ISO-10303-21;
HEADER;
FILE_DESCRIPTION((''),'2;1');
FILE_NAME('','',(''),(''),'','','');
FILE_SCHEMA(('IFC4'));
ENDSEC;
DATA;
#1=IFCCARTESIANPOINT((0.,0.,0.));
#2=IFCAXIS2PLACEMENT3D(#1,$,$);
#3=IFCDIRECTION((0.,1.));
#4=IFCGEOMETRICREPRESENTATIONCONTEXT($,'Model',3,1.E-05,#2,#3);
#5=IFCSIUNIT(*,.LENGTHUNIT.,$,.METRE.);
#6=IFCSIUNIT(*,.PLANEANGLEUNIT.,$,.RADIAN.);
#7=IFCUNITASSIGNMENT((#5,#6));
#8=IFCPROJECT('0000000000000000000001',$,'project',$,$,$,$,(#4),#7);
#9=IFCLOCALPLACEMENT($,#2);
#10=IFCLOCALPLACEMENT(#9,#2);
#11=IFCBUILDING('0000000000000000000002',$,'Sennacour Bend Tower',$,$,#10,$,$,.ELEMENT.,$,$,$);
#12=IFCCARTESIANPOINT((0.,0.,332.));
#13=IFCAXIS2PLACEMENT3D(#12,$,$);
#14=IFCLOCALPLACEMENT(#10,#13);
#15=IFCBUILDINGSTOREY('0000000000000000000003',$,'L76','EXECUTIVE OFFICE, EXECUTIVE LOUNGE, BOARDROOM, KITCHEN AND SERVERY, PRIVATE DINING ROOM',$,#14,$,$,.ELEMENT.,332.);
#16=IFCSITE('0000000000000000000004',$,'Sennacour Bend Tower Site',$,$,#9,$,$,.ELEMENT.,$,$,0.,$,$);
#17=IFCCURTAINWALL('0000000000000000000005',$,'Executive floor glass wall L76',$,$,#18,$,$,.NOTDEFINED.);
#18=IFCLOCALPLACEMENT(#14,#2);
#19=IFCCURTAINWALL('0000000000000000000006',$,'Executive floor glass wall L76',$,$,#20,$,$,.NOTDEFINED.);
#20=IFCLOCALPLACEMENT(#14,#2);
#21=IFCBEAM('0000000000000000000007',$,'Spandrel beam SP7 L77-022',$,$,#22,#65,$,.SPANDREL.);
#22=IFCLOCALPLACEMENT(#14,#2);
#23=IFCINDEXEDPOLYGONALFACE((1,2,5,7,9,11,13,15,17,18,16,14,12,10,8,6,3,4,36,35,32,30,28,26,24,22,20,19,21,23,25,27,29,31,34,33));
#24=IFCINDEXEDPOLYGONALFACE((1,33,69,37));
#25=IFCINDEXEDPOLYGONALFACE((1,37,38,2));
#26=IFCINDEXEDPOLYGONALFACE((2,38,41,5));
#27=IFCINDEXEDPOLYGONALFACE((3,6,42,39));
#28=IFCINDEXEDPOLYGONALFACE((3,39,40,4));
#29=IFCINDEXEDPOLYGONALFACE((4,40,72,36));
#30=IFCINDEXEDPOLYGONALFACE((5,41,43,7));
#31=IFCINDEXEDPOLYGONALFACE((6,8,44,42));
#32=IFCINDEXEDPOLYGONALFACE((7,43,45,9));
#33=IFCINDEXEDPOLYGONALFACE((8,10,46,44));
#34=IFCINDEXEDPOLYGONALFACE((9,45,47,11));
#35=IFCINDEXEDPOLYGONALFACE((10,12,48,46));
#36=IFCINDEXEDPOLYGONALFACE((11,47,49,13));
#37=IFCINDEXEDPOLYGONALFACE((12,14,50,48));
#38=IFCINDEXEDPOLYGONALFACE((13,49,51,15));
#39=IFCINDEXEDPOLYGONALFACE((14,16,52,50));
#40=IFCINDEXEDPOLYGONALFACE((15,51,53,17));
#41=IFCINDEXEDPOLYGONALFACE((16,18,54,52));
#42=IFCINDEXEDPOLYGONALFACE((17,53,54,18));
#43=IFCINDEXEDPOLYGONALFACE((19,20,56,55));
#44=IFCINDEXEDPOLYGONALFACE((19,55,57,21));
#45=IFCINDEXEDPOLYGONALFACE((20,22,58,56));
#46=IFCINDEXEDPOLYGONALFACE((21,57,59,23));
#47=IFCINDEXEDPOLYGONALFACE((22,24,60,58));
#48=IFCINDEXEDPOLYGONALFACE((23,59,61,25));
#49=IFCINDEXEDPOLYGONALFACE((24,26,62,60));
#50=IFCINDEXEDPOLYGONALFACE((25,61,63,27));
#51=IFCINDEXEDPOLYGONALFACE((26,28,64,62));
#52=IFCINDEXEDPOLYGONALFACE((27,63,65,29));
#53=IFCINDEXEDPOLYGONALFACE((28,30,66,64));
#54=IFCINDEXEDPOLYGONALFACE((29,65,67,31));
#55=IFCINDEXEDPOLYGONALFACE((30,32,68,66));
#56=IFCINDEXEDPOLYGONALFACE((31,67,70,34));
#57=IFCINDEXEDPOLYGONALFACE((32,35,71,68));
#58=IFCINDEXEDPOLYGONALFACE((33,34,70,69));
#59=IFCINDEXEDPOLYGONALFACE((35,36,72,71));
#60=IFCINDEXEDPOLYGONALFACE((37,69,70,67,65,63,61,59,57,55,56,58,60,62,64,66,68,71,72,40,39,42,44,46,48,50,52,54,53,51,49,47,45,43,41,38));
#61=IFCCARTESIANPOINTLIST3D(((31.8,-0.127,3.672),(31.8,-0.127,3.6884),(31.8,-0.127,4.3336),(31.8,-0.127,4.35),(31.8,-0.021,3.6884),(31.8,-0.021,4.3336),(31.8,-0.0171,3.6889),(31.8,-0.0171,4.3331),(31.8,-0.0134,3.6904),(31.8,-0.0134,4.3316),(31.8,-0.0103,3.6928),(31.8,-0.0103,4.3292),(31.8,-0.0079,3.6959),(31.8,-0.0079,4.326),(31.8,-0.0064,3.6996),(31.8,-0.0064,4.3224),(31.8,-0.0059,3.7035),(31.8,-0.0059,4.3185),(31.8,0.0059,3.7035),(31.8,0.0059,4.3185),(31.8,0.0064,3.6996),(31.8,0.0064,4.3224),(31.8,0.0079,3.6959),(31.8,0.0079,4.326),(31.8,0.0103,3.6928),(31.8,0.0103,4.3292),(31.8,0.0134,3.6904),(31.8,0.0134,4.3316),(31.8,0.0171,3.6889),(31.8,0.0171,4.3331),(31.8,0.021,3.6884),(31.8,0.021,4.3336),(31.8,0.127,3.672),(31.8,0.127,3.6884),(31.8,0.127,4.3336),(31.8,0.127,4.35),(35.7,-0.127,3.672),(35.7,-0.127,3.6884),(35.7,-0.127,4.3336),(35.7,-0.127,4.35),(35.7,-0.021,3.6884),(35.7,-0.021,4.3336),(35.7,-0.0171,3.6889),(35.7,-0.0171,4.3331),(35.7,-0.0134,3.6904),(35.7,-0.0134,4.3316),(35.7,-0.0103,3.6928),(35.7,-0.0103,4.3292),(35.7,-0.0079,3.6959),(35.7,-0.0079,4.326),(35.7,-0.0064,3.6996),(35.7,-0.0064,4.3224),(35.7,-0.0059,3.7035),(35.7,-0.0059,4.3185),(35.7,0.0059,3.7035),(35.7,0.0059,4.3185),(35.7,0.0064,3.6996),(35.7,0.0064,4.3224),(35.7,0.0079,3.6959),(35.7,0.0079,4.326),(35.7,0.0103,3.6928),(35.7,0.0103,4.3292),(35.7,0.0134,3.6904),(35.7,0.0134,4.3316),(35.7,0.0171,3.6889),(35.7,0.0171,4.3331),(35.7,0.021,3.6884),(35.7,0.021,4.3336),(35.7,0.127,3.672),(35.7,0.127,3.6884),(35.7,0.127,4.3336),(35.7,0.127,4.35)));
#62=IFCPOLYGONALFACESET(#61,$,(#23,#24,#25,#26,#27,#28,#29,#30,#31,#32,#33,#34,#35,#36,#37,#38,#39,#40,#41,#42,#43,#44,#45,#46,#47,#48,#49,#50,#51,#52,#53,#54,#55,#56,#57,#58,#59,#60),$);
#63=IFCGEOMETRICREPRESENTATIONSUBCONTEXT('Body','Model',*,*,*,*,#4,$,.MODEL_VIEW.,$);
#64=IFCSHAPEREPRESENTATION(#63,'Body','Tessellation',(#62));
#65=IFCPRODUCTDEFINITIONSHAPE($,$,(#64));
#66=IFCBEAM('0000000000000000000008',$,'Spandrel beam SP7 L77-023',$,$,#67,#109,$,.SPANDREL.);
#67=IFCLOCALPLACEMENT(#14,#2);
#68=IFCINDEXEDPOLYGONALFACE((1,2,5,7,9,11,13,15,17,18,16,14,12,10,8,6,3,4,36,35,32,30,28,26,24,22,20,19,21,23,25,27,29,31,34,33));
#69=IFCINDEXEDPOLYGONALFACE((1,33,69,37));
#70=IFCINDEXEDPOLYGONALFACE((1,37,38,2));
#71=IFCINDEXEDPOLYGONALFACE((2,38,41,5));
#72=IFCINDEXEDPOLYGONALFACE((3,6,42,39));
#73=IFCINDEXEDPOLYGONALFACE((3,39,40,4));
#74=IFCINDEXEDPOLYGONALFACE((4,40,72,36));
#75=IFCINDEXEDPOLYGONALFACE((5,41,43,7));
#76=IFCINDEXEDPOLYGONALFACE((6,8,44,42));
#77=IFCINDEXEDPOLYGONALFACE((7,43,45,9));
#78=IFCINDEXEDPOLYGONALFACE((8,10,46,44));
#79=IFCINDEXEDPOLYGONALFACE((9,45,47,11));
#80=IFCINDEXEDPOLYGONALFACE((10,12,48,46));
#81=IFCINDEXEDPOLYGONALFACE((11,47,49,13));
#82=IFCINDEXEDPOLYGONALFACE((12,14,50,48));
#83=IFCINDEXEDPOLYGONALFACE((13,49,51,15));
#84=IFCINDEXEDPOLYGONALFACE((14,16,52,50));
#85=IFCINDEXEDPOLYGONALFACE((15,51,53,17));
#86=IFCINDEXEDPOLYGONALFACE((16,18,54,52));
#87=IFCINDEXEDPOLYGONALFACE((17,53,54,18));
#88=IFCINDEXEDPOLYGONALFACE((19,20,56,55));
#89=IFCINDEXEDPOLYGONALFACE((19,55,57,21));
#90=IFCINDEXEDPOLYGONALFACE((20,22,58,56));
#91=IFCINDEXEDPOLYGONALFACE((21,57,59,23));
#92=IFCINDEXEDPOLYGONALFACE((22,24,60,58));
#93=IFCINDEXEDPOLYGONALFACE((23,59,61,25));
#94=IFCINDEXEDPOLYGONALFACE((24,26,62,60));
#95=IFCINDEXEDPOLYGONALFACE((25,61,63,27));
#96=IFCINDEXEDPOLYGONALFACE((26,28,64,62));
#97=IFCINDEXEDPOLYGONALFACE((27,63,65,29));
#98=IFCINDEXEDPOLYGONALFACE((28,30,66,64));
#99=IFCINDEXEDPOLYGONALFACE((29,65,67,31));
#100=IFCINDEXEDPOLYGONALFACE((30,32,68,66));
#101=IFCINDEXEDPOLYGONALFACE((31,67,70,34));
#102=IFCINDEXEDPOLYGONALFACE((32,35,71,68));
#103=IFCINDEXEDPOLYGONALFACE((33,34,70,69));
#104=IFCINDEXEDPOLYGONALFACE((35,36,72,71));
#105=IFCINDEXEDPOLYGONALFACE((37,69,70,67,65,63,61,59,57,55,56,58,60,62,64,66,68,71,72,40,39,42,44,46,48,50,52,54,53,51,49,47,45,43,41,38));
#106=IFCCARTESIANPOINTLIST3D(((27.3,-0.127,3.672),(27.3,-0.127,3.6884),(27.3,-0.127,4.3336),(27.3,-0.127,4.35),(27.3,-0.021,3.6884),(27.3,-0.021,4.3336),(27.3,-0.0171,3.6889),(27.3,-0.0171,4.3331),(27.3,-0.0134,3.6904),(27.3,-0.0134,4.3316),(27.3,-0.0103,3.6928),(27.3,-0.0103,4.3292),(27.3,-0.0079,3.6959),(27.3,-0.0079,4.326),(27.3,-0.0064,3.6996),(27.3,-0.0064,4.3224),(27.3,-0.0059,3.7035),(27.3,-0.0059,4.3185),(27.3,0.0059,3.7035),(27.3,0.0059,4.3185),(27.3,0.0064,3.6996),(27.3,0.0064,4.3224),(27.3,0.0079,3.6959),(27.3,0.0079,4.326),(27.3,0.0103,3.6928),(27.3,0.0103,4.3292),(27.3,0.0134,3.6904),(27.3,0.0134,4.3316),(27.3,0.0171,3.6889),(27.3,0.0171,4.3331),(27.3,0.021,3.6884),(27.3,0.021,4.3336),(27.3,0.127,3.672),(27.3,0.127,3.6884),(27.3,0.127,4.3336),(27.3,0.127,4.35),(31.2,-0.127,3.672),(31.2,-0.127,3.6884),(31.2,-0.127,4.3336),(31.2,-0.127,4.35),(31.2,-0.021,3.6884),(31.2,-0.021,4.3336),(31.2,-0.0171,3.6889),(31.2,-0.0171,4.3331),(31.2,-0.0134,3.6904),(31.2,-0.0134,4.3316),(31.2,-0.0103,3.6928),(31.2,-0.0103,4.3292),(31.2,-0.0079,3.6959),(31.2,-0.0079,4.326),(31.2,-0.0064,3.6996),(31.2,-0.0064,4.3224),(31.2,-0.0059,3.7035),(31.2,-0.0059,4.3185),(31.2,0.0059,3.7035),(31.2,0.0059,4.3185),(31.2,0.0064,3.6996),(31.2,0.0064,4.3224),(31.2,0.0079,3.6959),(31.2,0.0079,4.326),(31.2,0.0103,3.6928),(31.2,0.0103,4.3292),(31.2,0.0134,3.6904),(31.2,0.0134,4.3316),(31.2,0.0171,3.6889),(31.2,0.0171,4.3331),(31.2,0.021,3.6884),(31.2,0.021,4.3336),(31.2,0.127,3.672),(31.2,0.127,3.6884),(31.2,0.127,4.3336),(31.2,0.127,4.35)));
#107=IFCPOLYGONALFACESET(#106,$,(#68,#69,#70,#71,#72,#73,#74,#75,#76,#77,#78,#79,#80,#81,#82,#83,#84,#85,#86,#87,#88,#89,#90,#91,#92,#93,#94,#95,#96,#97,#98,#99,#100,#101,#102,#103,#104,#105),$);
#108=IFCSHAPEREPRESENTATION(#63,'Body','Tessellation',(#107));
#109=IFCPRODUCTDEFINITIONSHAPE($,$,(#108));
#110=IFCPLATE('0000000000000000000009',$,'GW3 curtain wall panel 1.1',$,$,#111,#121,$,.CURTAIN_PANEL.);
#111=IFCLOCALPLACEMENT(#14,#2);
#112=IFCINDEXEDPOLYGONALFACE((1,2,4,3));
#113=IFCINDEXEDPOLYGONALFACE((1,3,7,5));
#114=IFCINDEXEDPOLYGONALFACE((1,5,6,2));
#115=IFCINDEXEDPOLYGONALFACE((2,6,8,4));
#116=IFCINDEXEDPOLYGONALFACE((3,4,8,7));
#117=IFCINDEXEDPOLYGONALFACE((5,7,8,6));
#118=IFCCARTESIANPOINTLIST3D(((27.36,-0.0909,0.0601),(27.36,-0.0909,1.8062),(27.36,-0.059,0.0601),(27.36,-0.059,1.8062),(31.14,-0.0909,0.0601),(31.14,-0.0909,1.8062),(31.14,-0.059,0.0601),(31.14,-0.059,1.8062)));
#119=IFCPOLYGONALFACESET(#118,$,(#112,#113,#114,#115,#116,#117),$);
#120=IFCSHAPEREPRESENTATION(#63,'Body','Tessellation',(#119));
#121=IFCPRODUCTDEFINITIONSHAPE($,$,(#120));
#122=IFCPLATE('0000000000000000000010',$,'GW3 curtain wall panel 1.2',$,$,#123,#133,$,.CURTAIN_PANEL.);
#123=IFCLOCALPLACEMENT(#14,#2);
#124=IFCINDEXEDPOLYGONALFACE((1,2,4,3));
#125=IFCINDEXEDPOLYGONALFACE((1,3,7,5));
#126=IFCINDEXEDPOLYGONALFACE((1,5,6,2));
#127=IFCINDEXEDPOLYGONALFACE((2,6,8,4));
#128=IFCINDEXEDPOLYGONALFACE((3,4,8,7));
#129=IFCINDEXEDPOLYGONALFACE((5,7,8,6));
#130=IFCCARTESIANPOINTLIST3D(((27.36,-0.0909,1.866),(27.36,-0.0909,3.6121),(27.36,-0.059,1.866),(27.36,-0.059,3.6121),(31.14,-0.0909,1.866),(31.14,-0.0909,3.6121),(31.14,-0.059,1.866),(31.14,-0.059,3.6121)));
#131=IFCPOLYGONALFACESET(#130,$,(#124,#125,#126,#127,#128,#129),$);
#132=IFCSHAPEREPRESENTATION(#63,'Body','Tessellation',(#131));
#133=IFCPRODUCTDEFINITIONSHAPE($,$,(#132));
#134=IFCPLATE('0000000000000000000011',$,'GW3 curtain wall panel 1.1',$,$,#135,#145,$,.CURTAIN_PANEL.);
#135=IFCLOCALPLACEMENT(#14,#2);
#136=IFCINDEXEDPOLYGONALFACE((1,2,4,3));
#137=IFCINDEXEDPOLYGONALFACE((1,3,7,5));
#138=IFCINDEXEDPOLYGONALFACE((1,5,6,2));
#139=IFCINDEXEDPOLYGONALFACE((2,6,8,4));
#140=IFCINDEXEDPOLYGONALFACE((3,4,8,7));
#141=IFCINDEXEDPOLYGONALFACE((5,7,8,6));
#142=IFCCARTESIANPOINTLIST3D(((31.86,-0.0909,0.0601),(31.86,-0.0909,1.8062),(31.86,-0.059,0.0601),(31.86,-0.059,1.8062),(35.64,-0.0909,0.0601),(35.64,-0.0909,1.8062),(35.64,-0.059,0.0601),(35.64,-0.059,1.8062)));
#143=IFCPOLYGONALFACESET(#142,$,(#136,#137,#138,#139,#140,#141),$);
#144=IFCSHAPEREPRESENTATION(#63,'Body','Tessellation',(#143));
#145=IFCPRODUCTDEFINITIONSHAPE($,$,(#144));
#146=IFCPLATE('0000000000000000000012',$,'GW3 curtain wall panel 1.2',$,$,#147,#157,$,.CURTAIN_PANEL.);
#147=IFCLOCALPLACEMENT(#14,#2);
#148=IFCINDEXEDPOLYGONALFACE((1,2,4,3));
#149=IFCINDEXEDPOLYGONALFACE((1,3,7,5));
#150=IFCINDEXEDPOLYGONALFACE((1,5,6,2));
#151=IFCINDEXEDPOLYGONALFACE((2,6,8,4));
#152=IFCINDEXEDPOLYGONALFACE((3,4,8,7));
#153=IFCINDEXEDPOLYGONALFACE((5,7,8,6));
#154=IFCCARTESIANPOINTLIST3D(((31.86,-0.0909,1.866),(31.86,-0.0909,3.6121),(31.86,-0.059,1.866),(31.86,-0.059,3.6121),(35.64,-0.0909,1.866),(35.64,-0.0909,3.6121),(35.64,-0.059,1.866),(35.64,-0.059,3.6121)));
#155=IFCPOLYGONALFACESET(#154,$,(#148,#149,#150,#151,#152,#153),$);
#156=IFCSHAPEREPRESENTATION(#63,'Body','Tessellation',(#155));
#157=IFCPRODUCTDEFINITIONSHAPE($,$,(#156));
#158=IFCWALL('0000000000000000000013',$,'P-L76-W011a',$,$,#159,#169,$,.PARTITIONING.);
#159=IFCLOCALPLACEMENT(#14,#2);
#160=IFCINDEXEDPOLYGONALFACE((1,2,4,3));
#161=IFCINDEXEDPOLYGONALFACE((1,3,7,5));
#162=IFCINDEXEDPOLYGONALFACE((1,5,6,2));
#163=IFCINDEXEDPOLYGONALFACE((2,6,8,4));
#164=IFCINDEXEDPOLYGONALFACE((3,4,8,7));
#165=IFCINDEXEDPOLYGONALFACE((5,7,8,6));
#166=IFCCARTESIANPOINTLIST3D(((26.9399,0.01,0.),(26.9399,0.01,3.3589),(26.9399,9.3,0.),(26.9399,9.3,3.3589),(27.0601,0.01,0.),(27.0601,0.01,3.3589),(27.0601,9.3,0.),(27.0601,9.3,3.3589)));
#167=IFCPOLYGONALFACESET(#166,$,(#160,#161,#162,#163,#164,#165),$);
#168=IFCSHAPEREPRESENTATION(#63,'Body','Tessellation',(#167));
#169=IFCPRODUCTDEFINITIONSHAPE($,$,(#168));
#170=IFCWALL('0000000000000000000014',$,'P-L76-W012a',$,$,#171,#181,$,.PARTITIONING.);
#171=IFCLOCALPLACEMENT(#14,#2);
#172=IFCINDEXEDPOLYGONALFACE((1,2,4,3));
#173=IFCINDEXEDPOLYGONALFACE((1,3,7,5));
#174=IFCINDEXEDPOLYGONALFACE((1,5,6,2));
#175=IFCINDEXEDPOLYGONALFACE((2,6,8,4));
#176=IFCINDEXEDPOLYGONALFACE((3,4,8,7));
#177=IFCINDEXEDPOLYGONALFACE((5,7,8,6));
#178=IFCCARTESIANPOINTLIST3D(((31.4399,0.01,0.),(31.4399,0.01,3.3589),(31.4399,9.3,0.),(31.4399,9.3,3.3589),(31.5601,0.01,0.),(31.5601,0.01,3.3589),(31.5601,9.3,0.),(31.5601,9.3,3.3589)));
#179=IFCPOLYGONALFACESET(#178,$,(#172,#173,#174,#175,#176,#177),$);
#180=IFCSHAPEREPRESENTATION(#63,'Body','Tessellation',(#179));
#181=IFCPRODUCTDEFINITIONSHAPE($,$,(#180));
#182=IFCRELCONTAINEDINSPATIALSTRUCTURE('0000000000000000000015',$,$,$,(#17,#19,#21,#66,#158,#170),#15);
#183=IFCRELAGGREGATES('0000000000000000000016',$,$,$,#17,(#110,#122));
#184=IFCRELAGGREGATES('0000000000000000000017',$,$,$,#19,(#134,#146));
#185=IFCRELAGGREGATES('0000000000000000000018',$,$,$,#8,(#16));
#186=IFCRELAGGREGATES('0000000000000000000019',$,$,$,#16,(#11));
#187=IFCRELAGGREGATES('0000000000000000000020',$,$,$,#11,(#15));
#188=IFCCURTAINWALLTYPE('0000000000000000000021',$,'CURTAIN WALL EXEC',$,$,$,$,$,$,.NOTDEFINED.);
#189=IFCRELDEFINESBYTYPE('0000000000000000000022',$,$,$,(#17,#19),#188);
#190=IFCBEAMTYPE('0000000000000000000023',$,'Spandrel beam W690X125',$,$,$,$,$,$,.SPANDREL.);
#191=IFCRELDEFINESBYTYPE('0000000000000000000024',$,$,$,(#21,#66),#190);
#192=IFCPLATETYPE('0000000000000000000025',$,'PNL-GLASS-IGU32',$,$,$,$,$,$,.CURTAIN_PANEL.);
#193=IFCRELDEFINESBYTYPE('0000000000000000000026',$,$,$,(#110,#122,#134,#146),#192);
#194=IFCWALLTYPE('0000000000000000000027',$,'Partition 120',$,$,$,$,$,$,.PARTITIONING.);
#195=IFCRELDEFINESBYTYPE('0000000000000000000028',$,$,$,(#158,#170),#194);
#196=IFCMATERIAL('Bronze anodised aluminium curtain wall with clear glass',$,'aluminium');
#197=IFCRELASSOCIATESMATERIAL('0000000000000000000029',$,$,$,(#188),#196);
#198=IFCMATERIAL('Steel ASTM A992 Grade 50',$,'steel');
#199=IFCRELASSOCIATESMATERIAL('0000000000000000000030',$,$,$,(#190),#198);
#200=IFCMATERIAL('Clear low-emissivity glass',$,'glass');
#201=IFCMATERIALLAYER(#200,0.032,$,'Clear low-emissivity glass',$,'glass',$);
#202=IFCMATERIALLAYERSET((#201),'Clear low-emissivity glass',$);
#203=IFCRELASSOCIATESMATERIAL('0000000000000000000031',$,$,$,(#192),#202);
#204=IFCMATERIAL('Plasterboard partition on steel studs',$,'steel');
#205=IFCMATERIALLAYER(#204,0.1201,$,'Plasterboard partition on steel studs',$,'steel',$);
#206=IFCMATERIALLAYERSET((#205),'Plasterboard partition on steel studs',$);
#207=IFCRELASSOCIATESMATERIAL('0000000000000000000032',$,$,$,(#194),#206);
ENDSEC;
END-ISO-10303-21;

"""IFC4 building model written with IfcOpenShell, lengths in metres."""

from ifc_helpers import new_model, si_unit, direction, frame, frame_2d, origin, origin_2d, place, context, subcontext, project, spatial, rectangle, i_section, extrude, material, layer, layer_set, material_profile, profile_set, type_object, element, aggregate, save


model = new_model("IFC4")

# Units and contexts
model_context = context("Model", 3, precision=1e-05, world=origin(), true_north=direction((0.0, 1.0)))
body_context = subcontext(model_context, "Body", "Model", "MODEL_VIEW")
ifc_project = project(units=[si_unit("LENGTHUNIT", "METRE"), si_unit("PLANEANGLEUNIT", "RADIAN")], contexts=[model_context])

# Site, building, storey
site_placement = place(None, origin())
site = spatial("IfcSite", under=ifc_project, at=site_placement, Name="Sennacour Bend Tower Site", CompositionType="ELEMENT", RefElevation=0.0)
building_placement = place(site_placement, origin())
building = spatial("IfcBuilding", under=site, at=building_placement, Name="Sennacour Bend Tower", CompositionType="ELEMENT")
storey_placement = place(building_placement, frame((0.0, 0.0, 332.0)))
storey = spatial("IfcBuildingStorey", under=building, at=storey_placement, Name="L76", Description="EXECUTIVE OFFICE, EXECUTIVE LOUNGE, BOARDROOM, KITCHEN AND SERVERY, PRIVATE DINING ROOM", CompositionType="ELEMENT", Elevation=332.0)

# Curtain walls
ifc_material_1 = material(Name="Bronze anodised aluminium curtain wall with clear glass", Category="aluminium")
curtain_wall_type = type_object("IfcCurtainWallType", Name="CURTAIN WALL EXEC", PredefinedType="NOTDEFINED", material=ifc_material_1)
curtain_wall_1_placement = place(storey_placement, origin())
curtain_wall_1 = element("IfcCurtainWall", 1, at=curtain_wall_1_placement, inside=storey, type_object=curtain_wall_type, Name="Executive floor glass wall L76", PredefinedType="NOTDEFINED")
curtain_wall_2_placement = place(storey_placement, origin())
curtain_wall_2 = element("IfcCurtainWall", 2, at=curtain_wall_2_placement, inside=storey, type_object=curtain_wall_type, Name="Executive floor glass wall L76", PredefinedType="NOTDEFINED")

# Beams
ifc_material_2 = material(Name="Steel ASTM A992 Grade 50", Category="steel")
ifc_material_profile_1 = material_profile(ifc_material_2, i_section(OverallWidth=0.2539, OverallDepth=0.678, WebThickness=0.0117, FlangeThickness=0.0164, FilletRadius=0.0151, at=origin_2d()), Name="Steel ASTM A992 Grade 50", Category="steel")
ifc_profile_set_1 = profile_set([ifc_material_profile_1], Name="Steel ASTM A992 Grade 50")
beam_type_1 = type_object("IfcBeamType", Name="Spandrel beam W690X125", PredefinedType="SPANDREL", material=ifc_profile_set_1)
for number, where, z_axis, x_axis, name in (
    (3, (35.7, 0.0, 4.011), (-1.0, 0.0, 0.0), (0.0, -1.0, 0.0), "Spandrel beam SP7 L77-022"),
    (4, (31.2, 0.0, 4.011), (-1.0, 0.0, 0.0), (0.0, -1.0, 0.0), "Spandrel beam SP7 L77-023"),
):
    element("IfcBeam", number, at=place(storey_placement, frame(where, z_axis=z_axis, x_axis=x_axis)), inside=storey, type_object=beam_type_1, Name=name, PredefinedType="SPANDREL", context=body_context, shape_type="SweptSolid", body=[
        extrude(i_section(OverallWidth=0.2539, OverallDepth=0.678, WebThickness=0.0117, FlangeThickness=0.0164, FilletRadius=0.0151, at=origin_2d()), origin(), (0.0, 0.0, 1.0), 3.8999),
    ])

# Plates
ifc_material_3 = material(Name="Clear low-emissivity glass", Category="glass")
ifc_layer_1 = layer(ifc_material_3, 0.032, Name="Clear low-emissivity glass", Category="glass")
ifc_layer_set_1 = layer_set([ifc_layer_1], Name="Clear low-emissivity glass")
plate_type = type_object("IfcPlateType", Name="PNL-GLASS-IGU32", PredefinedType="CURTAIN_PANEL", material=ifc_layer_set_1)
plate_1_placement = place(storey_placement, frame((29.25, -0.075, 0.0601), z_axis=(0.0, 0.0, 1.0), x_axis=(1.0, 0.0, 0.0)))
plate_1 = element("IfcPlate", 5, at=plate_1_placement, type_object=plate_type, Name="GW3 curtain wall panel 1.1", PredefinedType="CURTAIN_PANEL", context=body_context, shape_type="SweptSolid", body=[
    extrude(rectangle(XDim=3.78, YDim=0.032, at=origin_2d()), origin(), (0.0, 0.0, 1.0), 1.7461),
])
plate_2_placement = place(storey_placement, frame((29.25, -0.075, 1.866), z_axis=(0.0, 0.0, 1.0), x_axis=(1.0, 0.0, 0.0)))
plate_2 = element("IfcPlate", 6, at=plate_2_placement, type_object=plate_type, Name="GW3 curtain wall panel 1.2", PredefinedType="CURTAIN_PANEL", context=body_context, shape_type="SweptSolid", body=[
    extrude(rectangle(XDim=3.78, YDim=0.032, at=origin_2d()), origin(), (0.0, 0.0, 1.0), 1.7461),
])
aggregate(curtain_wall_1, [plate_1, plate_2])
plate_3_placement = place(storey_placement, frame((33.75, -0.075, 0.0601), z_axis=(0.0, 0.0, 1.0), x_axis=(1.0, 0.0, 0.0)))
plate_3 = element("IfcPlate", 7, at=plate_3_placement, type_object=plate_type, Name="GW3 curtain wall panel 1.1", PredefinedType="CURTAIN_PANEL", context=body_context, shape_type="SweptSolid", body=[
    extrude(rectangle(XDim=3.78, YDim=0.032, at=origin_2d()), origin(), (0.0, 0.0, 1.0), 1.7461),
])
plate_4_placement = place(storey_placement, frame((33.75, -0.075, 1.866), z_axis=(0.0, 0.0, 1.0), x_axis=(1.0, 0.0, 0.0)))
plate_4 = element("IfcPlate", 8, at=plate_4_placement, type_object=plate_type, Name="GW3 curtain wall panel 1.2", PredefinedType="CURTAIN_PANEL", context=body_context, shape_type="SweptSolid", body=[
    extrude(rectangle(XDim=3.78, YDim=0.032, at=origin_2d()), origin(), (0.0, 0.0, 1.0), 1.7461),
])
aggregate(curtain_wall_2, [plate_3, plate_4])

# Walls
ifc_material_4 = material(Name="Plasterboard partition on steel studs", Category="steel")
ifc_layer_2 = layer(ifc_material_4, 0.1201, Name="Plasterboard partition on steel studs", Category="steel")
ifc_layer_set_2 = layer_set([ifc_layer_2], Name="Plasterboard partition on steel studs")
wall_type = type_object("IfcWallType", Name="Partition 120", PredefinedType="PARTITIONING", material=ifc_layer_set_2)
for number, where, z_axis, x_axis, name in (
    (9, (27.0, 0.01, 0.0), (0.0, 0.0, 1.0), (0.0, 1.0, 0.0), "P-L76-W011a"),
    (10, (31.5, 0.01, 0.0), (0.0, 0.0, 1.0), (0.0, 1.0, 0.0), "P-L76-W012a"),
):
    element("IfcWall", number, at=place(storey_placement, frame(where, z_axis=z_axis, x_axis=x_axis)), inside=storey, type_object=wall_type, Name=name, PredefinedType="PARTITIONING", context=body_context, shape_type="SweptSolid", body=[
        extrude(rectangle(XDim=9.29, YDim=0.1201, at=frame_2d((4.645, 0.0))), origin(), (0.0, 0.0, 1.0), 3.3589),
    ])

save(model, "model.ifc")
